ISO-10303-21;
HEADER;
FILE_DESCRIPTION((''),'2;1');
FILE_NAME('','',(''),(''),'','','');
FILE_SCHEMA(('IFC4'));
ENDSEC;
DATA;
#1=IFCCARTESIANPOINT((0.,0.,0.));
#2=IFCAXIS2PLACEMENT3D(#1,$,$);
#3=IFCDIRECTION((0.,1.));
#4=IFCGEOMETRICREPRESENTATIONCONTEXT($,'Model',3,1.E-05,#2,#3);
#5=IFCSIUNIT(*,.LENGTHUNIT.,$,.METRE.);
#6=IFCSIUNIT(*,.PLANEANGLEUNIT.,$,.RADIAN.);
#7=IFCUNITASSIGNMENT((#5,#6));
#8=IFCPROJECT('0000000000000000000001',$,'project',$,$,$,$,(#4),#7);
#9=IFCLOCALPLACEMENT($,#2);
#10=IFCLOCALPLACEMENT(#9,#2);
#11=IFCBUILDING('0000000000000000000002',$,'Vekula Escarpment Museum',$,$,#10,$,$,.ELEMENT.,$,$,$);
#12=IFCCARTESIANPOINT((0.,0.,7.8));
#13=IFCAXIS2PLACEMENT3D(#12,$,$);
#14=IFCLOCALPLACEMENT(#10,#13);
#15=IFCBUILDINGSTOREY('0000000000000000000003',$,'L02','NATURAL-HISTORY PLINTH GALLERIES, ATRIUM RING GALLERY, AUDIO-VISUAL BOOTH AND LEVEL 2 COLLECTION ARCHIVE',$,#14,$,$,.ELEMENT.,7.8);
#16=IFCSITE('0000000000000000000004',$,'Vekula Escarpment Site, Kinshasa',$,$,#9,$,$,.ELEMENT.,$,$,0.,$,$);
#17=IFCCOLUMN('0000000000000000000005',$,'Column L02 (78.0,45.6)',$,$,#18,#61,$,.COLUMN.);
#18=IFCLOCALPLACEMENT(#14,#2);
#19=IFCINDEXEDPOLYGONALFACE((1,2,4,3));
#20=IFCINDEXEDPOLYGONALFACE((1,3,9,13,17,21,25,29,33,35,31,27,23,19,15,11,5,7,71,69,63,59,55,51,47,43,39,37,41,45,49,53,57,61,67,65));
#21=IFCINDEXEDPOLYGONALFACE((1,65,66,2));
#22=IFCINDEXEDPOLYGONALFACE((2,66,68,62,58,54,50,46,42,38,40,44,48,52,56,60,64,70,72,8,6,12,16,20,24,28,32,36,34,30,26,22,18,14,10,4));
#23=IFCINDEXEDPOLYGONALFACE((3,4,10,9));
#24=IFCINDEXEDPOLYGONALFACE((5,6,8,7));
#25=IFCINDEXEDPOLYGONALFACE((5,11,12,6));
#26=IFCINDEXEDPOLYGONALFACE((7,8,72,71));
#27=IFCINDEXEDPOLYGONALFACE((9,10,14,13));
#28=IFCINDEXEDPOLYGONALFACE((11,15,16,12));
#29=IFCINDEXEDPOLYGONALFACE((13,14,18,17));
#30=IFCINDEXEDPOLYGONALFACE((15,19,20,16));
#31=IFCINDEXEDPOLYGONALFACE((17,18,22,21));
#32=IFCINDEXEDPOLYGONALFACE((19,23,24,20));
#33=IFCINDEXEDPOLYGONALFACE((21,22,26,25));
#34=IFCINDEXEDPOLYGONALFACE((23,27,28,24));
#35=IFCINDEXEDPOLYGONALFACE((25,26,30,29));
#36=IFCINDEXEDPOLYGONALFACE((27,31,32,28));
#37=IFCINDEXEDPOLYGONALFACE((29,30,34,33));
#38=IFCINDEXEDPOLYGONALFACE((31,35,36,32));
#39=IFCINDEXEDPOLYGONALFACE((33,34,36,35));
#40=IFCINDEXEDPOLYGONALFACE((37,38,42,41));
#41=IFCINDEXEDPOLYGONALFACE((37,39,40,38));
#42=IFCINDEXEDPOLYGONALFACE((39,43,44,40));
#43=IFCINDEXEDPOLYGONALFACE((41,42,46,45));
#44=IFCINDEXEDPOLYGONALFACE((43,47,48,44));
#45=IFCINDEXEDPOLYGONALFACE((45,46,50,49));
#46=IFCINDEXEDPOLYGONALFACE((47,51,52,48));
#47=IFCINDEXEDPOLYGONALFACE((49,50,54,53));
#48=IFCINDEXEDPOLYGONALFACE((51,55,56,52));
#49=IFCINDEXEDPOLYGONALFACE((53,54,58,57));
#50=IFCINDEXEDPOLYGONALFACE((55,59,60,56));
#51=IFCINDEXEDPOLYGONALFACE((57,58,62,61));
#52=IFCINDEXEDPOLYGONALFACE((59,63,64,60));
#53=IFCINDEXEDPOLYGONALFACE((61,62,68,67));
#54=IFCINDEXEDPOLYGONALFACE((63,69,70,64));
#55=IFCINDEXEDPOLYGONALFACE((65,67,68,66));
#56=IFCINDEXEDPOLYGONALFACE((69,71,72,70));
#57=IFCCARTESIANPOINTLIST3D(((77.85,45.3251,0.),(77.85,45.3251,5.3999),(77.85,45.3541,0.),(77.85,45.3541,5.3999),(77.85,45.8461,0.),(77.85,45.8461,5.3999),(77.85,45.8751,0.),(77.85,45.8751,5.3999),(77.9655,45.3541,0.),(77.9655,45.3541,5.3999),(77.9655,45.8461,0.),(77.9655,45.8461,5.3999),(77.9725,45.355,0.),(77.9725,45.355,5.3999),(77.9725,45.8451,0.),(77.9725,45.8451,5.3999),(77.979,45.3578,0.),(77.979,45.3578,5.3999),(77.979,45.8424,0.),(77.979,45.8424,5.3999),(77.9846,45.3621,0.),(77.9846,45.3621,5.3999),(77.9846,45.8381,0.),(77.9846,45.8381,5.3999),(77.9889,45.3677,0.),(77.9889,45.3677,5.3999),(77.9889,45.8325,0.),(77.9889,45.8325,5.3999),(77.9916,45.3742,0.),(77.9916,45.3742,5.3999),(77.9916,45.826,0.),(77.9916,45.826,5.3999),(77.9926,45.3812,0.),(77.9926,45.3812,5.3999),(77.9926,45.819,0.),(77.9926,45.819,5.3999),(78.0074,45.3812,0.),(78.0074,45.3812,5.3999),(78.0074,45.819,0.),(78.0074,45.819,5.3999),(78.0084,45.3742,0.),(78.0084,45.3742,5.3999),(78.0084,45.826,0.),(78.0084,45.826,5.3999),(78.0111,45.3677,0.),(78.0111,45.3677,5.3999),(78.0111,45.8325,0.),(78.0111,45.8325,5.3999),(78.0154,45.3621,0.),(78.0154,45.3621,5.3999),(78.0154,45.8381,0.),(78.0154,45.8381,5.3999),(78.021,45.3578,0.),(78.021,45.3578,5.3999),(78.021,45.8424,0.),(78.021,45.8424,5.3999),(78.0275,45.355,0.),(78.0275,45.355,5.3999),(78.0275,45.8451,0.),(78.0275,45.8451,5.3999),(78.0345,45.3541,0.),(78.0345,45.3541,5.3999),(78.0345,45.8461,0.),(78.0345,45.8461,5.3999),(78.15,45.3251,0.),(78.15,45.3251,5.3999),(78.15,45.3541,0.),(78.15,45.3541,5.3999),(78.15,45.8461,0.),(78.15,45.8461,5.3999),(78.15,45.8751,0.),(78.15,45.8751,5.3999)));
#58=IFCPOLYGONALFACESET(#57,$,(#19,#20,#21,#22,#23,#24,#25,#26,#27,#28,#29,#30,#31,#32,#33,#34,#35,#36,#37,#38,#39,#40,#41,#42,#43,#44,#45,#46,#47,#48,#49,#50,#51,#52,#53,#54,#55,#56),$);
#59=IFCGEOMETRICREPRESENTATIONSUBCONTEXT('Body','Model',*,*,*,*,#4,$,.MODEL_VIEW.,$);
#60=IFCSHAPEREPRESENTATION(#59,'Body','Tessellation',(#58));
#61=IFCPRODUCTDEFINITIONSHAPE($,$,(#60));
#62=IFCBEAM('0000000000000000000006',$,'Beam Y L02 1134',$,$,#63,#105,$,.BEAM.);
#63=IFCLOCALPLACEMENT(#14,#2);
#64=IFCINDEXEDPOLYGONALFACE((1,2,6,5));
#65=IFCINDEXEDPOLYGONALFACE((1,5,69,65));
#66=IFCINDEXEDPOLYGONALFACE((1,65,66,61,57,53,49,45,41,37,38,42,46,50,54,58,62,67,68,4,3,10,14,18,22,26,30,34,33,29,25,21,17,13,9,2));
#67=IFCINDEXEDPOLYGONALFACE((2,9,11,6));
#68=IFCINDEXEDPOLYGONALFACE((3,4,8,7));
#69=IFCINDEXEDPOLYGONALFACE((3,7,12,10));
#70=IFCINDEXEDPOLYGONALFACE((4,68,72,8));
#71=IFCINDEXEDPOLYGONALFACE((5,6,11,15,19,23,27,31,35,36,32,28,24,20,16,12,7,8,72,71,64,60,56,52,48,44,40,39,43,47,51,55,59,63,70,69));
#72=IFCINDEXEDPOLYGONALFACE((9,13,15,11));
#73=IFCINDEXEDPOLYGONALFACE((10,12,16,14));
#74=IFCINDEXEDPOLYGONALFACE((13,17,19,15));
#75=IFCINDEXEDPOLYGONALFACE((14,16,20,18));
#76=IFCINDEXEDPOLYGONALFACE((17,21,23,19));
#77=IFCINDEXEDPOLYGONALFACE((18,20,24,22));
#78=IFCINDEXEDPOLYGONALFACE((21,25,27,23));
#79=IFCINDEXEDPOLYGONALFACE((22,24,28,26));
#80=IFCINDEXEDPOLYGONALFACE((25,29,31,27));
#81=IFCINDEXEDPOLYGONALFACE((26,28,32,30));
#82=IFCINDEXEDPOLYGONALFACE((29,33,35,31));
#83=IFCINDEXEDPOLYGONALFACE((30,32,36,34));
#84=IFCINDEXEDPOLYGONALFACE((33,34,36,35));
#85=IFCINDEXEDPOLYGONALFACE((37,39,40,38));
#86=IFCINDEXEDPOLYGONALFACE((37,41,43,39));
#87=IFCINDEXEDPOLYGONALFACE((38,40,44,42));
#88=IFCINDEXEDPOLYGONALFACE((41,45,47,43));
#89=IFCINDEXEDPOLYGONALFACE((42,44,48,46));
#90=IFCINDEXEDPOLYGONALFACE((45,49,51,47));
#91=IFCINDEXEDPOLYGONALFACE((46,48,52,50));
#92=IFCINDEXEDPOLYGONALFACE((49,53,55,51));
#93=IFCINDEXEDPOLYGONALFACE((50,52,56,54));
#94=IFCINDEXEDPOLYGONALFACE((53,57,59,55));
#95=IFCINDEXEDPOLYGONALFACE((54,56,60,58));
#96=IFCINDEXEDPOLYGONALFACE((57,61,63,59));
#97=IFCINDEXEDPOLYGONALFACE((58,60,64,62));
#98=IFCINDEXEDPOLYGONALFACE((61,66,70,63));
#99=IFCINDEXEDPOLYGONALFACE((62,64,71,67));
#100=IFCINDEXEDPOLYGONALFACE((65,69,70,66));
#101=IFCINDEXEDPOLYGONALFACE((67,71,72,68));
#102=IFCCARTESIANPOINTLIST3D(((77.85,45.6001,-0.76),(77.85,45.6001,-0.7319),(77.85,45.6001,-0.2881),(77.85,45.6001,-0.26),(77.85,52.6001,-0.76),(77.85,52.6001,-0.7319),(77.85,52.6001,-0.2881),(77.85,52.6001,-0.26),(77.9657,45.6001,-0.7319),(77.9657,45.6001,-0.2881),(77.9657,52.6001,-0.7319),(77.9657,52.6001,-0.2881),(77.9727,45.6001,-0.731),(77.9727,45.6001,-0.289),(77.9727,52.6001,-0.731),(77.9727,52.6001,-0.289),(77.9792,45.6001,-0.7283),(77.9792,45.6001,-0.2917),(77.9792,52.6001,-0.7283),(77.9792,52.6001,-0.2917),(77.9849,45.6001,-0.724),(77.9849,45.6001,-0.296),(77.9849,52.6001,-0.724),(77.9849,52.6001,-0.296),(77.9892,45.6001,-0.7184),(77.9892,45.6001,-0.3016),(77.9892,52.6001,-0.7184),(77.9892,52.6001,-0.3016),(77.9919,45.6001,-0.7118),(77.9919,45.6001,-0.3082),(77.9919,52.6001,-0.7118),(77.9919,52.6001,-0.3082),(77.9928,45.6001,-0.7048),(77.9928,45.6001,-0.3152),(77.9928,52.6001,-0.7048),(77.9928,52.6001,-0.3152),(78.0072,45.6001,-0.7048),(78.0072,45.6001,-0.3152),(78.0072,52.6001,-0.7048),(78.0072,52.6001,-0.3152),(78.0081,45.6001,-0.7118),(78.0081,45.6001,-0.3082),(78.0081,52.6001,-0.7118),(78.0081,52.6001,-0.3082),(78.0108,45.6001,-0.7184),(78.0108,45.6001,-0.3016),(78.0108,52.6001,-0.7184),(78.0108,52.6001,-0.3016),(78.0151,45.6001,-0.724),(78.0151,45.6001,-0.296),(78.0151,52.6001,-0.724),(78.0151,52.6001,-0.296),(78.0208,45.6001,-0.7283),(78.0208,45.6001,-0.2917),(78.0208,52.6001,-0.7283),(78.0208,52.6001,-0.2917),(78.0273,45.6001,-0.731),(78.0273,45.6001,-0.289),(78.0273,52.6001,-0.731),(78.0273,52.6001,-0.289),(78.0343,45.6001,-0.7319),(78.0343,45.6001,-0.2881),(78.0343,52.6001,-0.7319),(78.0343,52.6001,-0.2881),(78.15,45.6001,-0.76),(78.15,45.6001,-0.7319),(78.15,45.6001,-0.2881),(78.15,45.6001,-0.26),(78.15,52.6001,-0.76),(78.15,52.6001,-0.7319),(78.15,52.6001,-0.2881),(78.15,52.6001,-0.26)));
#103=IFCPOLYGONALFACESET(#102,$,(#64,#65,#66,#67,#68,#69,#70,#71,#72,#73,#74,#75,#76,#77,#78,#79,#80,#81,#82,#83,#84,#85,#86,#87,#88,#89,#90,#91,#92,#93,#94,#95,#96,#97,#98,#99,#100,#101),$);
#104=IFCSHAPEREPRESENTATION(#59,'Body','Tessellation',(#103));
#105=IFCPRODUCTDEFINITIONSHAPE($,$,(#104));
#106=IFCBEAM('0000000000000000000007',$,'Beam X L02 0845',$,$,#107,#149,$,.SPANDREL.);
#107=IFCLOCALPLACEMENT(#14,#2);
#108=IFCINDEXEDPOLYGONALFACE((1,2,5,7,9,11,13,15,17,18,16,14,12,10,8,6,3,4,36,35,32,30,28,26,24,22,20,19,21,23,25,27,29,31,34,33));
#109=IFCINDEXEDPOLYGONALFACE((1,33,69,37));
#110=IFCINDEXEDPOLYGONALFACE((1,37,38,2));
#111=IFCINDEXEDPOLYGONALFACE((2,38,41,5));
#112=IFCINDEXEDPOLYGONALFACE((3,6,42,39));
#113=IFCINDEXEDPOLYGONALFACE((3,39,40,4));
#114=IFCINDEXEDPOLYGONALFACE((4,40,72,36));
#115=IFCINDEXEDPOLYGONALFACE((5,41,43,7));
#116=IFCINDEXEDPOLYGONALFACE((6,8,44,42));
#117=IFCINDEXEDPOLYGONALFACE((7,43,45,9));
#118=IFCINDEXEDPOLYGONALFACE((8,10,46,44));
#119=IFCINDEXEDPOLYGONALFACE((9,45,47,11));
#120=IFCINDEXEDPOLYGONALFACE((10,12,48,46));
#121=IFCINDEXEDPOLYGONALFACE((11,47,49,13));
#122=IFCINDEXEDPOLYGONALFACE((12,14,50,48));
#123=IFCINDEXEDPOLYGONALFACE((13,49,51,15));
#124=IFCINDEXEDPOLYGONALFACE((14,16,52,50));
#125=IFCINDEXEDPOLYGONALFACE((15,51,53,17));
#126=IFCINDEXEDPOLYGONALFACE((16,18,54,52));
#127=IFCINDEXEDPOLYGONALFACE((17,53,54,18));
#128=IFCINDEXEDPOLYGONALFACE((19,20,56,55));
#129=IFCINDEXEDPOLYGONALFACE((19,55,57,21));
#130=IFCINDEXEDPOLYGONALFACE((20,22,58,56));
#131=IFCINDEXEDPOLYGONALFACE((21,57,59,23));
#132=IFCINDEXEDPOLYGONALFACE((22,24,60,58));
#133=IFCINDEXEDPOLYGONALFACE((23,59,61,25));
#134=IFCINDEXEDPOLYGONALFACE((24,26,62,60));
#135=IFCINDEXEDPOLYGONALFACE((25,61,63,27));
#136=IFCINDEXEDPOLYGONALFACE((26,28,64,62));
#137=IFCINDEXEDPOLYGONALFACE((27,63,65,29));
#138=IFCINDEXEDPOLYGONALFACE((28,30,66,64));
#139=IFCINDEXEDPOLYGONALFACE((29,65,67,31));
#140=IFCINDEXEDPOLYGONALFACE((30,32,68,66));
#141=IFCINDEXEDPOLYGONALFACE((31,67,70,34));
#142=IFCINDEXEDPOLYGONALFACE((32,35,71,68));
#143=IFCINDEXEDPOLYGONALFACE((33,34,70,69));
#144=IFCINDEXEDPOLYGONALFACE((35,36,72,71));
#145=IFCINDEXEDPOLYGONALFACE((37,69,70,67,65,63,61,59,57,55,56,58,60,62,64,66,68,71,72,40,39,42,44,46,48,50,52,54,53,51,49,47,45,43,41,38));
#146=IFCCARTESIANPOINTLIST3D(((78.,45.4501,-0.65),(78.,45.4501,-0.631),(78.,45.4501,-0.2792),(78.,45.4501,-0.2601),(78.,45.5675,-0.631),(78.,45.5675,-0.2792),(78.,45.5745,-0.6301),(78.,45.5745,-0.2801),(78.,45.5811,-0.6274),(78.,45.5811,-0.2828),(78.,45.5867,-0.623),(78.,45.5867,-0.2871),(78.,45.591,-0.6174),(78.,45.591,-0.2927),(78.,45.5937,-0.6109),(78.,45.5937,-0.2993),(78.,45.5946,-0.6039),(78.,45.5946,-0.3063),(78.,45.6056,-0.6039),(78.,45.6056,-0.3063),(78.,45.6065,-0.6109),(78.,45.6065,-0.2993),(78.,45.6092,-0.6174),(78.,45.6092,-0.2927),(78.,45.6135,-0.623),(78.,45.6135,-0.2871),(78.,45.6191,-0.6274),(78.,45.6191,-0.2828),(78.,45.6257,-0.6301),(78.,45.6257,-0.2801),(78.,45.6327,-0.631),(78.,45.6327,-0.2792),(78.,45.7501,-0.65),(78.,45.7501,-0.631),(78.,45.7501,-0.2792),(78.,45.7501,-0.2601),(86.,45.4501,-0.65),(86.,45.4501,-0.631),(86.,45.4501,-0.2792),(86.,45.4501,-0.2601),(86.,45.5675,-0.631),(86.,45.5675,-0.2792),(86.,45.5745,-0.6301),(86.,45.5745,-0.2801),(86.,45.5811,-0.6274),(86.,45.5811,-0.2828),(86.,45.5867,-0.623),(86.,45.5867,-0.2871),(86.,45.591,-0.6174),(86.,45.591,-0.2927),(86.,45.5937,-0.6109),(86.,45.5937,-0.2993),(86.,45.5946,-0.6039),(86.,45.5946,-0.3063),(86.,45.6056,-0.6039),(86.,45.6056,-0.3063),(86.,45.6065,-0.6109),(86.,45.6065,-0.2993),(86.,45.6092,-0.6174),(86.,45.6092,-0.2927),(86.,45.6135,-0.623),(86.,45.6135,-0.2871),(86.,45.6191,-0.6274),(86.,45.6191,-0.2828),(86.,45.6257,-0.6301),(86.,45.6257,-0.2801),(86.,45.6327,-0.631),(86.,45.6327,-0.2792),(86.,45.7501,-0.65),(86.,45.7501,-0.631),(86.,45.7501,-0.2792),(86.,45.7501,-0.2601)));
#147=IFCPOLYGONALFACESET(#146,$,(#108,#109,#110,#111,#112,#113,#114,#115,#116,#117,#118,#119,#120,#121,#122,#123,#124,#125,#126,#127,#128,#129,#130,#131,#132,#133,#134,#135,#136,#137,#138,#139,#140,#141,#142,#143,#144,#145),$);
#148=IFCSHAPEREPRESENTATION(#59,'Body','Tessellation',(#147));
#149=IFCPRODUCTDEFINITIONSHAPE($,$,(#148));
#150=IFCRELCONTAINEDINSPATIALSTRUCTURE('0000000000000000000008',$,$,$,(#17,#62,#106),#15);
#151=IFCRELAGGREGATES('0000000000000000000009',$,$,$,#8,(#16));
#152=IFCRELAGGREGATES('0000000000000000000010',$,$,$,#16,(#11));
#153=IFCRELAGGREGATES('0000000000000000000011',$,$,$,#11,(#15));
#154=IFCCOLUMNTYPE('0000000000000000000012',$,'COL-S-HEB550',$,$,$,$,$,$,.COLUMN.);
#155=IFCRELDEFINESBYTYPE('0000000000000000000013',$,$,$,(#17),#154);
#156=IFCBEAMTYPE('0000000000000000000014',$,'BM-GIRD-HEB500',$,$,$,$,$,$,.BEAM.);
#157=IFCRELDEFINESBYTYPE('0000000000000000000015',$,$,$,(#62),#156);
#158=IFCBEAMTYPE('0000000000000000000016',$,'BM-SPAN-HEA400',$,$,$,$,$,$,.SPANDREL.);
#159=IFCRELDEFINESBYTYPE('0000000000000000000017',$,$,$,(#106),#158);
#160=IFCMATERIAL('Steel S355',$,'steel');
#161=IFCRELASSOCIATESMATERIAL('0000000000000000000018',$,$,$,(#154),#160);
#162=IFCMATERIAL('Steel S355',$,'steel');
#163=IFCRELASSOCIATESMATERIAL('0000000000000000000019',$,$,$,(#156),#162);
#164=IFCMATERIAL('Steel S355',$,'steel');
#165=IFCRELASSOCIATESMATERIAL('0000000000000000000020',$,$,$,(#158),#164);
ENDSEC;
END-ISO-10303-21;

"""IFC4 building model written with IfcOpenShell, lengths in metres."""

from ifc_helpers import new_model, si_unit, direction, frame, origin, origin_2d, place, context, subcontext, project, spatial, i_section, extrude, material, material_profile, profile_set, type_object, element, save


model = new_model("IFC4")

# Units and contexts
model_context = context("Model", 3, precision=1e-05, world=origin(), true_north=direction((0.0, 1.0)))
body_context = subcontext(model_context, "Body", "Model", "MODEL_VIEW")
ifc_project = project(units=[si_unit("LENGTHUNIT", "METRE"), si_unit("PLANEANGLEUNIT", "RADIAN")], contexts=[model_context])

# Site, building, storey
site_placement = place(None, origin())
site = spatial("IfcSite", under=ifc_project, at=site_placement, Name="Vekula Escarpment Site, Kinshasa", CompositionType="ELEMENT", RefElevation=0.0)
building_placement = place(site_placement, origin())
building = spatial("IfcBuilding", under=site, at=building_placement, Name="Vekula Escarpment Museum", CompositionType="ELEMENT")
storey_placement = place(building_placement, frame((0.0, 0.0, 7.8)))
storey = spatial("IfcBuildingStorey", under=building, at=storey_placement, Name="L02", Description="NATURAL-HISTORY PLINTH GALLERIES, ATRIUM RING GALLERY, AUDIO-VISUAL BOOTH AND LEVEL 2 COLLECTION ARCHIVE", CompositionType="ELEMENT", Elevation=7.8)

# Column
ifc_material_1 = material(Name="Steel S355", Category="steel")
ifc_material_profile_1 = material_profile(ifc_material_1, i_section(OverallWidth=0.3, OverallDepth=0.55, WebThickness=0.0149, FlangeThickness=0.0291, FilletRadius=0.0271, at=origin_2d()), Name="HEB 550")
ifc_profile_set_1 = profile_set([ifc_material_profile_1], Name="Steel S355")
column_type = type_object("IfcColumnType", Name="COL-S-HEB550", PredefinedType="COLUMN", material=ifc_profile_set_1)
column_placement = place(storey_placement, frame((78.0, 45.6001, 0.0), z_axis=(0.0, 0.0, 1.0), x_axis=(1.0, 0.0, 0.0)))
element("IfcColumn", 1, at=column_placement, inside=storey, type_object=column_type, Name="Column L02 (78.0,45.6)", PredefinedType="COLUMN", context=body_context, shape_type="SweptSolid", body=[
    extrude(i_section(OverallWidth=0.3, OverallDepth=0.55, WebThickness=0.0149, FlangeThickness=0.0291, FilletRadius=0.0271, at=origin_2d()), origin(), (0.0, 0.0, 1.0), 5.3999),
])

# Beams
ifc_material_2 = material(Name="Steel S355", Category="steel")
ifc_material_profile_2 = material_profile(ifc_material_2, i_section(OverallWidth=0.3, OverallDepth=0.5, WebThickness=0.0144, FlangeThickness=0.0281, FilletRadius=0.0271, at=origin_2d()), Name="HEB 500")
ifc_profile_set_2 = profile_set([ifc_material_profile_2], Name="Steel S355")
beam_type_1 = type_object("IfcBeamType", Name="BM-GIRD-HEB500", PredefinedType="BEAM", material=ifc_profile_set_2)
beam_1_placement = place(storey_placement, frame((78.0, 45.6001, -0.51), z_axis=(0.0, 1.0, 0.0), x_axis=(-1.0, 0.0, 0.0)))
element("IfcBeam", 2, at=beam_1_placement, inside=storey, type_object=beam_type_1, Name="Beam Y L02 1134", PredefinedType="BEAM", context=body_context, shape_type="SweptSolid", body=[
    extrude(i_section(OverallWidth=0.3, OverallDepth=0.5, WebThickness=0.0144, FlangeThickness=0.0281, FilletRadius=0.0271, at=origin_2d()), origin(), (0.0, 0.0, 1.0), 7.0),
])
ifc_material_3 = material(Name="Steel S355", Category="steel")
ifc_material_profile_3 = material_profile(ifc_material_3, i_section(OverallWidth=0.3, OverallDepth=0.3899, WebThickness=0.011, FlangeThickness=0.019, FilletRadius=0.0271, at=origin_2d()), Name="HEA 400")
ifc_profile_set_3 = profile_set([ifc_material_profile_3], Name="Steel S355")
beam_type_2 = type_object("IfcBeamType", Name="BM-SPAN-HEA400", PredefinedType="SPANDREL", material=ifc_profile_set_3)
beam_2_placement = place(storey_placement, frame((78.0, 45.6001, -0.4551), z_axis=(1.0, 0.0, 0.0), x_axis=(0.0, 1.0, 0.0)))
element("IfcBeam", 3, at=beam_2_placement, inside=storey, type_object=beam_type_2, Name="Beam X L02 0845", PredefinedType="SPANDREL", context=body_context, shape_type="SweptSolid", body=[
    extrude(i_section(OverallWidth=0.3, OverallDepth=0.3899, WebThickness=0.011, FlangeThickness=0.019, FilletRadius=0.0271, at=origin_2d()), origin(), (0.0, 0.0, 1.0), 8.0),
])

save(model, "model.ifc")
